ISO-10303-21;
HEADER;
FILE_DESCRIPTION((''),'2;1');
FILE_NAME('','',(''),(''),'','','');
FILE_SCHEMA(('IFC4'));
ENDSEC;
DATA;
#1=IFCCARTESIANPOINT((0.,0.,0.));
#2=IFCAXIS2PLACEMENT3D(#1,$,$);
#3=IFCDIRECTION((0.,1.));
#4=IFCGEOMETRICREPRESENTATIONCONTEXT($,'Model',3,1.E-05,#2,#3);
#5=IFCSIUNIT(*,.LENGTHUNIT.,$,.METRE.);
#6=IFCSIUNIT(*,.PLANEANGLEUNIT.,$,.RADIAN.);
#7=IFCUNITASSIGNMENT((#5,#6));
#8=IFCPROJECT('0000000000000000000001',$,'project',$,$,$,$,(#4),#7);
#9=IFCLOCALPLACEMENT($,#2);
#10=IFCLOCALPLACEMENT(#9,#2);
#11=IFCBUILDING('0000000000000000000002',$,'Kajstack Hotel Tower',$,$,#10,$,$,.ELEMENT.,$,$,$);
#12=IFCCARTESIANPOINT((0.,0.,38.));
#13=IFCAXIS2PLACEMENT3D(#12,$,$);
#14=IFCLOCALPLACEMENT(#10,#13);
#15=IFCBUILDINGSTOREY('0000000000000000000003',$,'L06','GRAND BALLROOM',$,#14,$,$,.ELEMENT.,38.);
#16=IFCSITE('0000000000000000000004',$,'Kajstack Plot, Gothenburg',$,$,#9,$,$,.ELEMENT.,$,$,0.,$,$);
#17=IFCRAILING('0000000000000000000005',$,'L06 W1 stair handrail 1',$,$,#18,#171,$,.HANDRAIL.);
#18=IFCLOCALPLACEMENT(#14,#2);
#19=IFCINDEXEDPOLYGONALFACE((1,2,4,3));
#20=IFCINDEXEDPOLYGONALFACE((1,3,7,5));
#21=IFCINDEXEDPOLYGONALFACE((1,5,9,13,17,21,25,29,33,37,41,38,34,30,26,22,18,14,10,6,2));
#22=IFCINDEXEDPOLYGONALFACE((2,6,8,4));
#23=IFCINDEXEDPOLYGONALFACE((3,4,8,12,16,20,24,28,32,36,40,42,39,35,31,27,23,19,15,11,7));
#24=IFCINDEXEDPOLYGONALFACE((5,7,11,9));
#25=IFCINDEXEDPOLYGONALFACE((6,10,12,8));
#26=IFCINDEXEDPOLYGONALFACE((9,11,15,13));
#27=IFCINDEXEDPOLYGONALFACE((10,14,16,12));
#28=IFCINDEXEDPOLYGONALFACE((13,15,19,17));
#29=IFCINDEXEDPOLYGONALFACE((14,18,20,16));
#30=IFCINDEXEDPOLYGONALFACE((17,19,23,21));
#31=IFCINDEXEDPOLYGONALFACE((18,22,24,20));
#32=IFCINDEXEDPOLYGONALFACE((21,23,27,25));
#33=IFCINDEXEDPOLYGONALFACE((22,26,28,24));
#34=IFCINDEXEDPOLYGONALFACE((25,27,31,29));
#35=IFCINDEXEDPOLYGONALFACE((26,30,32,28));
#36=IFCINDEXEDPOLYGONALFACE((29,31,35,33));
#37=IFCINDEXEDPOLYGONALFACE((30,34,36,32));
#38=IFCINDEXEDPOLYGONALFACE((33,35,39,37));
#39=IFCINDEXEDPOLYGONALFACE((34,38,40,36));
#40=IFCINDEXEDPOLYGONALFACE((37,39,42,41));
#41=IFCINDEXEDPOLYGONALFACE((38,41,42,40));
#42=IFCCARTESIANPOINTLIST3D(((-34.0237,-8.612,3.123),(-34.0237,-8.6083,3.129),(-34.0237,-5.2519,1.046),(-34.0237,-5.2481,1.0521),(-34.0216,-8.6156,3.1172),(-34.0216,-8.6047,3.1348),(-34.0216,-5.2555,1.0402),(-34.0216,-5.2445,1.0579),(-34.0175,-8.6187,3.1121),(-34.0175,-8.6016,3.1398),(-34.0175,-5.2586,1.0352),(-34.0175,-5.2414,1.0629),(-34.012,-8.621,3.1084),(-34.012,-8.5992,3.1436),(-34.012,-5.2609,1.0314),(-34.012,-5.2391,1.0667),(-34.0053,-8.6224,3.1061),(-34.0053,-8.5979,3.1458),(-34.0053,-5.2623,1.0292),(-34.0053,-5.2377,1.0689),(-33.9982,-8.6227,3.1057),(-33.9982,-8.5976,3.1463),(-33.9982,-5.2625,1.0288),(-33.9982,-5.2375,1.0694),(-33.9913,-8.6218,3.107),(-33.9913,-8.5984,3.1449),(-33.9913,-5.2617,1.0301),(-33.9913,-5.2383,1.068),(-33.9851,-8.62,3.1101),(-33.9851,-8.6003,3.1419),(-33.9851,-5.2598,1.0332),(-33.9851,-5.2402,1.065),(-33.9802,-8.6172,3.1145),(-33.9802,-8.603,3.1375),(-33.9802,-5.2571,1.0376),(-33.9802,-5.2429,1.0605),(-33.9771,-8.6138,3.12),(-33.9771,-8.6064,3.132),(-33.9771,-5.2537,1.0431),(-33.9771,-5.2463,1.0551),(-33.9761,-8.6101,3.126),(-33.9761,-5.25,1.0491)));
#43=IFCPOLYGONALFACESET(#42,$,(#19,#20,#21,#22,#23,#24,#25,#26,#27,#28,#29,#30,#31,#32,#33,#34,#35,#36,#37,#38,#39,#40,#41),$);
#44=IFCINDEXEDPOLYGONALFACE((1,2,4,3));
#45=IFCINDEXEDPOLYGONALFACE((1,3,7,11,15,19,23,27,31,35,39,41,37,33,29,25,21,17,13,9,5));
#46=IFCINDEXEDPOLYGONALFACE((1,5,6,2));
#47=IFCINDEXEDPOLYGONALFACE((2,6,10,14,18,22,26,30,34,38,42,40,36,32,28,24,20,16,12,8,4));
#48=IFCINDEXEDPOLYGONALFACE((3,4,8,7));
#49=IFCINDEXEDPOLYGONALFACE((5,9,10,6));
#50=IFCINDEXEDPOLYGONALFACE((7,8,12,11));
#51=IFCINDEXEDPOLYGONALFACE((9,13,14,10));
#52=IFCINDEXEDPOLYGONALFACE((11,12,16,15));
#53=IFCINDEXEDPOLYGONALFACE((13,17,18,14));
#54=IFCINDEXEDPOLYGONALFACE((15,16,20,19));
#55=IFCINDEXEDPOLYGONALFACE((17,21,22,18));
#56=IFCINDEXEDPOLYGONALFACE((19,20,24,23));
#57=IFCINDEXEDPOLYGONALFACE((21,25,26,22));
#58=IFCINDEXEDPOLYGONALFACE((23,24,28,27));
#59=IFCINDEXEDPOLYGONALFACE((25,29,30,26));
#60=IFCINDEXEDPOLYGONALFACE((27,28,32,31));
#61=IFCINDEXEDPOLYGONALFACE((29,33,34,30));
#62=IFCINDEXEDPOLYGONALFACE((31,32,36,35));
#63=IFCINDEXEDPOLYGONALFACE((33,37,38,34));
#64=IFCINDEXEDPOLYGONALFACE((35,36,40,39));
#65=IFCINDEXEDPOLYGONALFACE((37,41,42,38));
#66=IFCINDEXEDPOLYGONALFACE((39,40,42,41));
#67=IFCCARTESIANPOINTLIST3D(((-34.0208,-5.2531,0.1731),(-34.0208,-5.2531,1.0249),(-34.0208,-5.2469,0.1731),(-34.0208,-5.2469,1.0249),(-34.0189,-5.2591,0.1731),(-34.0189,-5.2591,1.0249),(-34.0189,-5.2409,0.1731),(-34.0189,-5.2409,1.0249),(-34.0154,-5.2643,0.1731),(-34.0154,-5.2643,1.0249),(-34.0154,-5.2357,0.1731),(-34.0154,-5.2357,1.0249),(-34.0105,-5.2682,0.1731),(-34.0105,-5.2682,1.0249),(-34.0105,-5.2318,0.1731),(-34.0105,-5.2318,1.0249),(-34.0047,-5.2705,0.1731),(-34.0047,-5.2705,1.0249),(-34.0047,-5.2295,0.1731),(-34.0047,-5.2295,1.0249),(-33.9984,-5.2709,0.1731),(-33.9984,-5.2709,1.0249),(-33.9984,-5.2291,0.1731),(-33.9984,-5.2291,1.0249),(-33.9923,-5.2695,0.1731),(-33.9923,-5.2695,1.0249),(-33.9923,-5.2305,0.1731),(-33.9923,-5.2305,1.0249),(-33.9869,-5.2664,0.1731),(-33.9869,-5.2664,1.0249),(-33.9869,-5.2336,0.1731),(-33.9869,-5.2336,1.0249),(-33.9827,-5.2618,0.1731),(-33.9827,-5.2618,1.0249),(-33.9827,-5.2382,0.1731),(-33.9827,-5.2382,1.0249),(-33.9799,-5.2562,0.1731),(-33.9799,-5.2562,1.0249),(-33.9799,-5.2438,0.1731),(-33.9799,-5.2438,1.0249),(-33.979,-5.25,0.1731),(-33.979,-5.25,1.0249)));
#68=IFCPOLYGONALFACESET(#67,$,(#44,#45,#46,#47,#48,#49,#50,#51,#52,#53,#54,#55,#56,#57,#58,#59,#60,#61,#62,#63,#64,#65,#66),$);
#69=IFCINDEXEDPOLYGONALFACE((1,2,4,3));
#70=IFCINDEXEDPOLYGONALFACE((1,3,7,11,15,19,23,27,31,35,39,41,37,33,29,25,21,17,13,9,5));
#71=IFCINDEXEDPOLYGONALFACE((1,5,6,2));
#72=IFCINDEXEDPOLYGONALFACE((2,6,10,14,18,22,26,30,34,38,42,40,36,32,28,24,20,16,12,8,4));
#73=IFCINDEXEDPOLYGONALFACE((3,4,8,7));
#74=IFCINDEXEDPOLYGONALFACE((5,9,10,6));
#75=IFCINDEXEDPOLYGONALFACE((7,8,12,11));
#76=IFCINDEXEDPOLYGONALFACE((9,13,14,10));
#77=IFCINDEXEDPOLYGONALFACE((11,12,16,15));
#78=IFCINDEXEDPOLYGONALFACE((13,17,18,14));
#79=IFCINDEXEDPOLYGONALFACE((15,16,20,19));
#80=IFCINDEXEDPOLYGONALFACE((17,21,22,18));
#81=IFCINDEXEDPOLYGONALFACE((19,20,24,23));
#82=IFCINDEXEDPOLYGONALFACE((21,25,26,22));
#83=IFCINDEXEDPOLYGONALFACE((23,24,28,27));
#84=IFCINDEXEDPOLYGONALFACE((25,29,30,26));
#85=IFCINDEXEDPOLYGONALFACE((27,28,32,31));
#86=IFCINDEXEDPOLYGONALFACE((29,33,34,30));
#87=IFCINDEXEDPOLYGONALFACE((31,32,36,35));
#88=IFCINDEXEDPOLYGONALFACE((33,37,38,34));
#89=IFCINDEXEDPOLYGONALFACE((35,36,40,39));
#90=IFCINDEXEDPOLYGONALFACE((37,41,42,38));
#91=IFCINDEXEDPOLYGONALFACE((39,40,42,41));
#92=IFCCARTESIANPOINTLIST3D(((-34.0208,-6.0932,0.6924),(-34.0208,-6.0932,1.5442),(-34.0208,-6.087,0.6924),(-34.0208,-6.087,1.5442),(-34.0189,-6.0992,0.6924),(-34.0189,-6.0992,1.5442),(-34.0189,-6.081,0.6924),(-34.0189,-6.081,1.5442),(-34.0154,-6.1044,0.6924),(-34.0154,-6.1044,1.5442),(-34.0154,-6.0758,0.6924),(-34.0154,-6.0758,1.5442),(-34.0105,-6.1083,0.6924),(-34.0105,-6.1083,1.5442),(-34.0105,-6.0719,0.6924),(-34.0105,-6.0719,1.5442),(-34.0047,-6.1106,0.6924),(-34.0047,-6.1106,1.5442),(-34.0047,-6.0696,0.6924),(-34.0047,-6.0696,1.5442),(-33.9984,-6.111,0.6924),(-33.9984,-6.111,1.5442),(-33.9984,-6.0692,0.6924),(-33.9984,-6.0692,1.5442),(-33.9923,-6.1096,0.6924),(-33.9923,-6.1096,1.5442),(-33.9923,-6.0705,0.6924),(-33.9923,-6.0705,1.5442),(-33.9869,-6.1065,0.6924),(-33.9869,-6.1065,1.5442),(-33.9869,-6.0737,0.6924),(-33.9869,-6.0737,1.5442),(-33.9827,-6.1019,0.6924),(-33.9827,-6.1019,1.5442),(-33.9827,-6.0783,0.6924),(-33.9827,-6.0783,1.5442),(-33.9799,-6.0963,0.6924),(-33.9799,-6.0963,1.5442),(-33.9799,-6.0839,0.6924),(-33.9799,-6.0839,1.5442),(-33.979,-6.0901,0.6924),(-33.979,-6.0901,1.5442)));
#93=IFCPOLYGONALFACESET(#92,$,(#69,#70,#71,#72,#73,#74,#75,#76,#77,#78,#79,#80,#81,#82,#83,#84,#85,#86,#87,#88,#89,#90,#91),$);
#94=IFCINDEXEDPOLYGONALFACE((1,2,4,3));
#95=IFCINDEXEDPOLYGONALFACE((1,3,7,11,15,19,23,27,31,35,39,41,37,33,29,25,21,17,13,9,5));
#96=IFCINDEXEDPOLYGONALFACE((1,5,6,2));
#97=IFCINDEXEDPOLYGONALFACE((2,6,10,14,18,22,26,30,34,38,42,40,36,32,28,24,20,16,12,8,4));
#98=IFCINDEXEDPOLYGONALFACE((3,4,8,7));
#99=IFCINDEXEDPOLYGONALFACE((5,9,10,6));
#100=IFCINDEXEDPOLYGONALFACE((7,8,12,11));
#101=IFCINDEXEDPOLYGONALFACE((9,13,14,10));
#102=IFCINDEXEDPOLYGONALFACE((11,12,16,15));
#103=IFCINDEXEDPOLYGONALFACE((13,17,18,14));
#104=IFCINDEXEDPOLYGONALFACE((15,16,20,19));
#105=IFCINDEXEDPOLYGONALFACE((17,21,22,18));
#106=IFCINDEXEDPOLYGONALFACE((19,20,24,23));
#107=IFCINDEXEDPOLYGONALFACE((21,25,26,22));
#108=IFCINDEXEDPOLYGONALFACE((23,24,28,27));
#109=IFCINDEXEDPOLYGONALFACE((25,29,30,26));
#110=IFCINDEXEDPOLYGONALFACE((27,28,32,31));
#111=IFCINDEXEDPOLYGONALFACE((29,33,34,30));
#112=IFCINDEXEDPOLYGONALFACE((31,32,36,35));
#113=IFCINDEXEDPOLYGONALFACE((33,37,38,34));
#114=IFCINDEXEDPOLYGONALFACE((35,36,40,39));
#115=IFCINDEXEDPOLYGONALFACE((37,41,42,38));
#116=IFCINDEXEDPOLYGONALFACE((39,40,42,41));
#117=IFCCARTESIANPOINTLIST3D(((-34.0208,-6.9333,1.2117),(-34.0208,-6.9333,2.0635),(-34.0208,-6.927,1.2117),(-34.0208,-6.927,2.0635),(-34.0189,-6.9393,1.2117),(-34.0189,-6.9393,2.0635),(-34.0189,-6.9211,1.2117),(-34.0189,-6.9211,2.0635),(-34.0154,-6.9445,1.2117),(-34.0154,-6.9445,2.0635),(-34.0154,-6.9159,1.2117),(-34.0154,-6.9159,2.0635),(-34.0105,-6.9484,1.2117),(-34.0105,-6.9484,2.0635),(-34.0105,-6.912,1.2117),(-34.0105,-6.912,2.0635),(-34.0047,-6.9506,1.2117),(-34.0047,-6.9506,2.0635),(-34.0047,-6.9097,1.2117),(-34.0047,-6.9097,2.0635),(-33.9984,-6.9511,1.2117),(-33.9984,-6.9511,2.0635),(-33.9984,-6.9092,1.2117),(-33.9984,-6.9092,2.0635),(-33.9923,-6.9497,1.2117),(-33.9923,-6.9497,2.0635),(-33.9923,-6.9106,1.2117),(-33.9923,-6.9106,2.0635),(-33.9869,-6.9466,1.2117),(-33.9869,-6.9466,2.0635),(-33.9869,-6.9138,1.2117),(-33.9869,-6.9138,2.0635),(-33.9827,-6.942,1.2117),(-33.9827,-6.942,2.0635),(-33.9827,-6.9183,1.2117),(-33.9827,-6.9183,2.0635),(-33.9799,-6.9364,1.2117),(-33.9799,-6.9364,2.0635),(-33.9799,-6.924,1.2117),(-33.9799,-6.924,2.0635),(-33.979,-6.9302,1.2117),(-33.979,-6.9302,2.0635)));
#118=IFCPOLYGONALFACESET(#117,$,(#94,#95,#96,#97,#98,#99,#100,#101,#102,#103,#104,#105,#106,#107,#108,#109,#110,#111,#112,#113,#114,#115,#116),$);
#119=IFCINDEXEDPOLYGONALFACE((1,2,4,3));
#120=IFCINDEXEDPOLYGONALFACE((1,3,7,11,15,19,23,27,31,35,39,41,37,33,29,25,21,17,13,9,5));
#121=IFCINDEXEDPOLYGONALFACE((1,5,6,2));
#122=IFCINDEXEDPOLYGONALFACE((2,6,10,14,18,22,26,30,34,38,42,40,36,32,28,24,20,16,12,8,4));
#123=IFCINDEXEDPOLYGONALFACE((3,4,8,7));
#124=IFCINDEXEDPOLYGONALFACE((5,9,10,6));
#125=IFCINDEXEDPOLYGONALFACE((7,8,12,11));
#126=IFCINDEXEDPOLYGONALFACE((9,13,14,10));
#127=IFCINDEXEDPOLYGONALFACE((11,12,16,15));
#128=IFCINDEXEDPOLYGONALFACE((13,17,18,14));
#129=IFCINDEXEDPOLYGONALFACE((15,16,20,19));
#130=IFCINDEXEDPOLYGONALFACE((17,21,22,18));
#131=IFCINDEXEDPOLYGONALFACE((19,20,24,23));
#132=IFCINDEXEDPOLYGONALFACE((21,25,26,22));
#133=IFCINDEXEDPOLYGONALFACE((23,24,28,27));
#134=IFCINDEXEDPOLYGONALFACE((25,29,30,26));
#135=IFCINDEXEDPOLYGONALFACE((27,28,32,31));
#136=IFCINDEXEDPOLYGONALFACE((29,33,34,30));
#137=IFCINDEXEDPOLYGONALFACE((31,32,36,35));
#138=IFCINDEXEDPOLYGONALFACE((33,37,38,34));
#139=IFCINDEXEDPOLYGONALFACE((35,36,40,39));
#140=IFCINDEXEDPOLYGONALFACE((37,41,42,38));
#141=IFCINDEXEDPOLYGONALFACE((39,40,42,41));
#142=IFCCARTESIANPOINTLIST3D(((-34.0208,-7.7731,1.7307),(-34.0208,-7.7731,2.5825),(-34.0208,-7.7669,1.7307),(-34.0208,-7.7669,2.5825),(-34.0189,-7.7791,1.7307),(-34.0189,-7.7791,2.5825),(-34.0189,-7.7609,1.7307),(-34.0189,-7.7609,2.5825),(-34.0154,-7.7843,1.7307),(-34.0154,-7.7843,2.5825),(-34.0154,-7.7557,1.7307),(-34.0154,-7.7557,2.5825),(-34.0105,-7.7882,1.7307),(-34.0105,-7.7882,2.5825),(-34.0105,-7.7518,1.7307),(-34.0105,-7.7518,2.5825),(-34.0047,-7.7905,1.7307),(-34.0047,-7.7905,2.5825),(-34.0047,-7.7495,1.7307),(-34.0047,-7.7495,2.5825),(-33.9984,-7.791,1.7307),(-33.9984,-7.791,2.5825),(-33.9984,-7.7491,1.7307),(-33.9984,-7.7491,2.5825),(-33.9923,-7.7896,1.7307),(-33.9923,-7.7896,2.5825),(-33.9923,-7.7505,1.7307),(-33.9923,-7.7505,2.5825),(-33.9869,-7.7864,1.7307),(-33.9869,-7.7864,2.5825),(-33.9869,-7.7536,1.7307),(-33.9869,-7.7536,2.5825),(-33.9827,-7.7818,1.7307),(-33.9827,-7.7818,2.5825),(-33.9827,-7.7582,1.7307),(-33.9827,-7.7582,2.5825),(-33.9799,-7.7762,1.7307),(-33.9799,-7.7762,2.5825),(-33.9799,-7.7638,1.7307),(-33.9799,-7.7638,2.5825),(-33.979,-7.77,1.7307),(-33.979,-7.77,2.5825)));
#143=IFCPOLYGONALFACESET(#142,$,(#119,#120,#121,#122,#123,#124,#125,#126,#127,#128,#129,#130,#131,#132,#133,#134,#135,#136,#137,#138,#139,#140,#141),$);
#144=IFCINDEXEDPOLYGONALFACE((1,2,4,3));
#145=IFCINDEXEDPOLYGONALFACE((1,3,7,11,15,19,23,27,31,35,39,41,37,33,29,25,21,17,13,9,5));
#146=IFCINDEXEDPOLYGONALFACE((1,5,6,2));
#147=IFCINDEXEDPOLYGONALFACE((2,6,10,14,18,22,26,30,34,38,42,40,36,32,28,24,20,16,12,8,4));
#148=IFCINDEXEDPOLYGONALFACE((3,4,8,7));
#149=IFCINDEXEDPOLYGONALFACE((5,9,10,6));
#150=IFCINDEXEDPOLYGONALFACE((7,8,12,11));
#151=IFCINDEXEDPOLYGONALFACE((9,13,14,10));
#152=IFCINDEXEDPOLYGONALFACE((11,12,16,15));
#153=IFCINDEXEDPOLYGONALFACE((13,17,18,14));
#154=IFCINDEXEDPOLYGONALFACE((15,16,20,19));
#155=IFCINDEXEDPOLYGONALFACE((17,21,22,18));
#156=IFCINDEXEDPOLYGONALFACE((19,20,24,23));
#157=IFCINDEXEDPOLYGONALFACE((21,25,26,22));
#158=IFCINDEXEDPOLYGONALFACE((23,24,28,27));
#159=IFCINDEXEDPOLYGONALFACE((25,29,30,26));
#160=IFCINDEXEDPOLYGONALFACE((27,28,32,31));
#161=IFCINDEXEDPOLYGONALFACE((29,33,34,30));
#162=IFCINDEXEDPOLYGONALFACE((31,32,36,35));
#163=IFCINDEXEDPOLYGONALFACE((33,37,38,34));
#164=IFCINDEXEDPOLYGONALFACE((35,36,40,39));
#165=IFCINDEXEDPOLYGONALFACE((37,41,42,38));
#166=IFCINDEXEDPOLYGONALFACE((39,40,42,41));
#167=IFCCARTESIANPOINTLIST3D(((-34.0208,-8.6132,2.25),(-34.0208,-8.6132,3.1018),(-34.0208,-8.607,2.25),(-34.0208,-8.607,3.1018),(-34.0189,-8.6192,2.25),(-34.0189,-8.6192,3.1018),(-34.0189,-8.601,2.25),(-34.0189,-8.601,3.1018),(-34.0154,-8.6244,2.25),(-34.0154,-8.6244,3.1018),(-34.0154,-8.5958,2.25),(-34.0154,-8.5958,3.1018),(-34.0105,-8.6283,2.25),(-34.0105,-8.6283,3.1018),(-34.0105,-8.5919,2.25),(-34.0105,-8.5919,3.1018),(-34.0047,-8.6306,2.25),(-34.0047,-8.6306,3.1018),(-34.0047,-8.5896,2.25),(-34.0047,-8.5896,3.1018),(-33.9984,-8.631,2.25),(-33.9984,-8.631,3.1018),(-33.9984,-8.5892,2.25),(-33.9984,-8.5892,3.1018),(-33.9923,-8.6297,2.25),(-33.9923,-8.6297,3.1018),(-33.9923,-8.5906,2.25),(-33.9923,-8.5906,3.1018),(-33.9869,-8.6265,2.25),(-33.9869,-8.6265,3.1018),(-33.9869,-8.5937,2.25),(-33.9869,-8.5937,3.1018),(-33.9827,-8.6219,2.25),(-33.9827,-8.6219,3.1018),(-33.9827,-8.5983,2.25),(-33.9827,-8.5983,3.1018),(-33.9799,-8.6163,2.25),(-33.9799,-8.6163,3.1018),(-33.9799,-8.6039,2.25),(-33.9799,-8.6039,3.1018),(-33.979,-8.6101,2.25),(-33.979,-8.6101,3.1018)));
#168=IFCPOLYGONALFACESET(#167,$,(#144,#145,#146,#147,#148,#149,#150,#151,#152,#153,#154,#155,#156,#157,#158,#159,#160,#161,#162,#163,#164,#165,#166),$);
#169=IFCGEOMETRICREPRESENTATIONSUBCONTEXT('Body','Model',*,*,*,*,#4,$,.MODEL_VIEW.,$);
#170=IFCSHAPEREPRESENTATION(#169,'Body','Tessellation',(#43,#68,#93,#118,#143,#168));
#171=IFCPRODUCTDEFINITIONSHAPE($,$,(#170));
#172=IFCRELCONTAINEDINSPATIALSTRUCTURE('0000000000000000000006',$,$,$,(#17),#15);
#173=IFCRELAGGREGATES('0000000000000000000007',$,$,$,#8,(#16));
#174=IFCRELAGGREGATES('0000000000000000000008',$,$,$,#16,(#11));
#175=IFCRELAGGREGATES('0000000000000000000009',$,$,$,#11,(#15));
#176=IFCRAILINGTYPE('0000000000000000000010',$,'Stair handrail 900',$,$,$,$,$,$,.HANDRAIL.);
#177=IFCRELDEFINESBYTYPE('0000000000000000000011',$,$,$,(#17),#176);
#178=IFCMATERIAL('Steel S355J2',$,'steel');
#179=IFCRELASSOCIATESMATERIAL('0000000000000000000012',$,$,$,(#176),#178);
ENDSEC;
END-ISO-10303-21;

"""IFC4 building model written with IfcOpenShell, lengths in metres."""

from ifc_helpers import new_model, si_unit, direction, frame, origin, origin_2d, place, context, subcontext, project, spatial, circle, extrude, material, type_object, element, save


model = new_model("IFC4")

# Units and contexts
model_context = context("Model", 3, precision=1e-05, world=origin(), true_north=direction((0.0, 1.0)))
body_context = subcontext(model_context, "Body", "Model", "MODEL_VIEW")
ifc_project = project(units=[si_unit("LENGTHUNIT", "METRE"), si_unit("PLANEANGLEUNIT", "RADIAN")], contexts=[model_context])

# Site, building, storey
site_placement = place(None, origin())
site = spatial("IfcSite", under=ifc_project, at=site_placement, Name="Kajstack Plot, Gothenburg", CompositionType="ELEMENT", RefElevation=0.0)
building_placement = place(site_placement, origin())
building = spatial("IfcBuilding", under=site, at=building_placement, Name="Kajstack Hotel Tower", CompositionType="ELEMENT")
storey_placement = place(building_placement, frame((0.0, 0.0, 38.0)))
storey = spatial("IfcBuildingStorey", under=building, at=storey_placement, Name="L06", Description="GRAND BALLROOM", CompositionType="ELEMENT", Elevation=38.0)

# Railing
ifc_material_1 = material(Name="Steel S355J2", Category="steel")
railing_type_1 = type_object("IfcRailingType", Name="Stair handrail 900", PredefinedType="HANDRAIL", material=ifc_material_1)
railing_1_placement = place(storey_placement, frame((-34.0, -5.25, 0.1731)))
element("IfcRailing", 1, at=railing_1_placement, inside=storey, type_object=railing_type_1, Name="L06 W1 stair handrail 1", PredefinedType="HANDRAIL", context=body_context, shape_type="SweptSolid", body=[
    extrude(circle(Radius=0.0239, at=origin_2d()), frame((0.0, 0.0, 0.876), z_axis=(0.0, -0.850623, 0.525776), x_axis=(1.0, 0.0, 0.0)), (0.0, 0.0, 1.0), 3.9502),
    extrude(circle(Radius=0.021, at=origin_2d()), origin(), (0.0, 0.0, 1.0), 0.8518),
    extrude(circle(Radius=0.021, at=origin_2d()), frame((0.0, -0.8401, 0.5193)), (0.0, 0.0, 1.0), 0.8518),
    extrude(circle(Radius=0.021, at=origin_2d()), frame((0.0, -1.6802, 1.0386)), (0.0, 0.0, 1.0), 0.8518),
    extrude(circle(Radius=0.021, at=origin_2d()), frame((0.0, -2.52, 1.5576)), (0.0, 0.0, 1.0), 0.8518),
    extrude(circle(Radius=0.021, at=origin_2d()), frame((0.0, -3.3601, 2.0769)), (0.0, 0.0, 1.0), 0.8518),
])

save(model, "model.ifc")
